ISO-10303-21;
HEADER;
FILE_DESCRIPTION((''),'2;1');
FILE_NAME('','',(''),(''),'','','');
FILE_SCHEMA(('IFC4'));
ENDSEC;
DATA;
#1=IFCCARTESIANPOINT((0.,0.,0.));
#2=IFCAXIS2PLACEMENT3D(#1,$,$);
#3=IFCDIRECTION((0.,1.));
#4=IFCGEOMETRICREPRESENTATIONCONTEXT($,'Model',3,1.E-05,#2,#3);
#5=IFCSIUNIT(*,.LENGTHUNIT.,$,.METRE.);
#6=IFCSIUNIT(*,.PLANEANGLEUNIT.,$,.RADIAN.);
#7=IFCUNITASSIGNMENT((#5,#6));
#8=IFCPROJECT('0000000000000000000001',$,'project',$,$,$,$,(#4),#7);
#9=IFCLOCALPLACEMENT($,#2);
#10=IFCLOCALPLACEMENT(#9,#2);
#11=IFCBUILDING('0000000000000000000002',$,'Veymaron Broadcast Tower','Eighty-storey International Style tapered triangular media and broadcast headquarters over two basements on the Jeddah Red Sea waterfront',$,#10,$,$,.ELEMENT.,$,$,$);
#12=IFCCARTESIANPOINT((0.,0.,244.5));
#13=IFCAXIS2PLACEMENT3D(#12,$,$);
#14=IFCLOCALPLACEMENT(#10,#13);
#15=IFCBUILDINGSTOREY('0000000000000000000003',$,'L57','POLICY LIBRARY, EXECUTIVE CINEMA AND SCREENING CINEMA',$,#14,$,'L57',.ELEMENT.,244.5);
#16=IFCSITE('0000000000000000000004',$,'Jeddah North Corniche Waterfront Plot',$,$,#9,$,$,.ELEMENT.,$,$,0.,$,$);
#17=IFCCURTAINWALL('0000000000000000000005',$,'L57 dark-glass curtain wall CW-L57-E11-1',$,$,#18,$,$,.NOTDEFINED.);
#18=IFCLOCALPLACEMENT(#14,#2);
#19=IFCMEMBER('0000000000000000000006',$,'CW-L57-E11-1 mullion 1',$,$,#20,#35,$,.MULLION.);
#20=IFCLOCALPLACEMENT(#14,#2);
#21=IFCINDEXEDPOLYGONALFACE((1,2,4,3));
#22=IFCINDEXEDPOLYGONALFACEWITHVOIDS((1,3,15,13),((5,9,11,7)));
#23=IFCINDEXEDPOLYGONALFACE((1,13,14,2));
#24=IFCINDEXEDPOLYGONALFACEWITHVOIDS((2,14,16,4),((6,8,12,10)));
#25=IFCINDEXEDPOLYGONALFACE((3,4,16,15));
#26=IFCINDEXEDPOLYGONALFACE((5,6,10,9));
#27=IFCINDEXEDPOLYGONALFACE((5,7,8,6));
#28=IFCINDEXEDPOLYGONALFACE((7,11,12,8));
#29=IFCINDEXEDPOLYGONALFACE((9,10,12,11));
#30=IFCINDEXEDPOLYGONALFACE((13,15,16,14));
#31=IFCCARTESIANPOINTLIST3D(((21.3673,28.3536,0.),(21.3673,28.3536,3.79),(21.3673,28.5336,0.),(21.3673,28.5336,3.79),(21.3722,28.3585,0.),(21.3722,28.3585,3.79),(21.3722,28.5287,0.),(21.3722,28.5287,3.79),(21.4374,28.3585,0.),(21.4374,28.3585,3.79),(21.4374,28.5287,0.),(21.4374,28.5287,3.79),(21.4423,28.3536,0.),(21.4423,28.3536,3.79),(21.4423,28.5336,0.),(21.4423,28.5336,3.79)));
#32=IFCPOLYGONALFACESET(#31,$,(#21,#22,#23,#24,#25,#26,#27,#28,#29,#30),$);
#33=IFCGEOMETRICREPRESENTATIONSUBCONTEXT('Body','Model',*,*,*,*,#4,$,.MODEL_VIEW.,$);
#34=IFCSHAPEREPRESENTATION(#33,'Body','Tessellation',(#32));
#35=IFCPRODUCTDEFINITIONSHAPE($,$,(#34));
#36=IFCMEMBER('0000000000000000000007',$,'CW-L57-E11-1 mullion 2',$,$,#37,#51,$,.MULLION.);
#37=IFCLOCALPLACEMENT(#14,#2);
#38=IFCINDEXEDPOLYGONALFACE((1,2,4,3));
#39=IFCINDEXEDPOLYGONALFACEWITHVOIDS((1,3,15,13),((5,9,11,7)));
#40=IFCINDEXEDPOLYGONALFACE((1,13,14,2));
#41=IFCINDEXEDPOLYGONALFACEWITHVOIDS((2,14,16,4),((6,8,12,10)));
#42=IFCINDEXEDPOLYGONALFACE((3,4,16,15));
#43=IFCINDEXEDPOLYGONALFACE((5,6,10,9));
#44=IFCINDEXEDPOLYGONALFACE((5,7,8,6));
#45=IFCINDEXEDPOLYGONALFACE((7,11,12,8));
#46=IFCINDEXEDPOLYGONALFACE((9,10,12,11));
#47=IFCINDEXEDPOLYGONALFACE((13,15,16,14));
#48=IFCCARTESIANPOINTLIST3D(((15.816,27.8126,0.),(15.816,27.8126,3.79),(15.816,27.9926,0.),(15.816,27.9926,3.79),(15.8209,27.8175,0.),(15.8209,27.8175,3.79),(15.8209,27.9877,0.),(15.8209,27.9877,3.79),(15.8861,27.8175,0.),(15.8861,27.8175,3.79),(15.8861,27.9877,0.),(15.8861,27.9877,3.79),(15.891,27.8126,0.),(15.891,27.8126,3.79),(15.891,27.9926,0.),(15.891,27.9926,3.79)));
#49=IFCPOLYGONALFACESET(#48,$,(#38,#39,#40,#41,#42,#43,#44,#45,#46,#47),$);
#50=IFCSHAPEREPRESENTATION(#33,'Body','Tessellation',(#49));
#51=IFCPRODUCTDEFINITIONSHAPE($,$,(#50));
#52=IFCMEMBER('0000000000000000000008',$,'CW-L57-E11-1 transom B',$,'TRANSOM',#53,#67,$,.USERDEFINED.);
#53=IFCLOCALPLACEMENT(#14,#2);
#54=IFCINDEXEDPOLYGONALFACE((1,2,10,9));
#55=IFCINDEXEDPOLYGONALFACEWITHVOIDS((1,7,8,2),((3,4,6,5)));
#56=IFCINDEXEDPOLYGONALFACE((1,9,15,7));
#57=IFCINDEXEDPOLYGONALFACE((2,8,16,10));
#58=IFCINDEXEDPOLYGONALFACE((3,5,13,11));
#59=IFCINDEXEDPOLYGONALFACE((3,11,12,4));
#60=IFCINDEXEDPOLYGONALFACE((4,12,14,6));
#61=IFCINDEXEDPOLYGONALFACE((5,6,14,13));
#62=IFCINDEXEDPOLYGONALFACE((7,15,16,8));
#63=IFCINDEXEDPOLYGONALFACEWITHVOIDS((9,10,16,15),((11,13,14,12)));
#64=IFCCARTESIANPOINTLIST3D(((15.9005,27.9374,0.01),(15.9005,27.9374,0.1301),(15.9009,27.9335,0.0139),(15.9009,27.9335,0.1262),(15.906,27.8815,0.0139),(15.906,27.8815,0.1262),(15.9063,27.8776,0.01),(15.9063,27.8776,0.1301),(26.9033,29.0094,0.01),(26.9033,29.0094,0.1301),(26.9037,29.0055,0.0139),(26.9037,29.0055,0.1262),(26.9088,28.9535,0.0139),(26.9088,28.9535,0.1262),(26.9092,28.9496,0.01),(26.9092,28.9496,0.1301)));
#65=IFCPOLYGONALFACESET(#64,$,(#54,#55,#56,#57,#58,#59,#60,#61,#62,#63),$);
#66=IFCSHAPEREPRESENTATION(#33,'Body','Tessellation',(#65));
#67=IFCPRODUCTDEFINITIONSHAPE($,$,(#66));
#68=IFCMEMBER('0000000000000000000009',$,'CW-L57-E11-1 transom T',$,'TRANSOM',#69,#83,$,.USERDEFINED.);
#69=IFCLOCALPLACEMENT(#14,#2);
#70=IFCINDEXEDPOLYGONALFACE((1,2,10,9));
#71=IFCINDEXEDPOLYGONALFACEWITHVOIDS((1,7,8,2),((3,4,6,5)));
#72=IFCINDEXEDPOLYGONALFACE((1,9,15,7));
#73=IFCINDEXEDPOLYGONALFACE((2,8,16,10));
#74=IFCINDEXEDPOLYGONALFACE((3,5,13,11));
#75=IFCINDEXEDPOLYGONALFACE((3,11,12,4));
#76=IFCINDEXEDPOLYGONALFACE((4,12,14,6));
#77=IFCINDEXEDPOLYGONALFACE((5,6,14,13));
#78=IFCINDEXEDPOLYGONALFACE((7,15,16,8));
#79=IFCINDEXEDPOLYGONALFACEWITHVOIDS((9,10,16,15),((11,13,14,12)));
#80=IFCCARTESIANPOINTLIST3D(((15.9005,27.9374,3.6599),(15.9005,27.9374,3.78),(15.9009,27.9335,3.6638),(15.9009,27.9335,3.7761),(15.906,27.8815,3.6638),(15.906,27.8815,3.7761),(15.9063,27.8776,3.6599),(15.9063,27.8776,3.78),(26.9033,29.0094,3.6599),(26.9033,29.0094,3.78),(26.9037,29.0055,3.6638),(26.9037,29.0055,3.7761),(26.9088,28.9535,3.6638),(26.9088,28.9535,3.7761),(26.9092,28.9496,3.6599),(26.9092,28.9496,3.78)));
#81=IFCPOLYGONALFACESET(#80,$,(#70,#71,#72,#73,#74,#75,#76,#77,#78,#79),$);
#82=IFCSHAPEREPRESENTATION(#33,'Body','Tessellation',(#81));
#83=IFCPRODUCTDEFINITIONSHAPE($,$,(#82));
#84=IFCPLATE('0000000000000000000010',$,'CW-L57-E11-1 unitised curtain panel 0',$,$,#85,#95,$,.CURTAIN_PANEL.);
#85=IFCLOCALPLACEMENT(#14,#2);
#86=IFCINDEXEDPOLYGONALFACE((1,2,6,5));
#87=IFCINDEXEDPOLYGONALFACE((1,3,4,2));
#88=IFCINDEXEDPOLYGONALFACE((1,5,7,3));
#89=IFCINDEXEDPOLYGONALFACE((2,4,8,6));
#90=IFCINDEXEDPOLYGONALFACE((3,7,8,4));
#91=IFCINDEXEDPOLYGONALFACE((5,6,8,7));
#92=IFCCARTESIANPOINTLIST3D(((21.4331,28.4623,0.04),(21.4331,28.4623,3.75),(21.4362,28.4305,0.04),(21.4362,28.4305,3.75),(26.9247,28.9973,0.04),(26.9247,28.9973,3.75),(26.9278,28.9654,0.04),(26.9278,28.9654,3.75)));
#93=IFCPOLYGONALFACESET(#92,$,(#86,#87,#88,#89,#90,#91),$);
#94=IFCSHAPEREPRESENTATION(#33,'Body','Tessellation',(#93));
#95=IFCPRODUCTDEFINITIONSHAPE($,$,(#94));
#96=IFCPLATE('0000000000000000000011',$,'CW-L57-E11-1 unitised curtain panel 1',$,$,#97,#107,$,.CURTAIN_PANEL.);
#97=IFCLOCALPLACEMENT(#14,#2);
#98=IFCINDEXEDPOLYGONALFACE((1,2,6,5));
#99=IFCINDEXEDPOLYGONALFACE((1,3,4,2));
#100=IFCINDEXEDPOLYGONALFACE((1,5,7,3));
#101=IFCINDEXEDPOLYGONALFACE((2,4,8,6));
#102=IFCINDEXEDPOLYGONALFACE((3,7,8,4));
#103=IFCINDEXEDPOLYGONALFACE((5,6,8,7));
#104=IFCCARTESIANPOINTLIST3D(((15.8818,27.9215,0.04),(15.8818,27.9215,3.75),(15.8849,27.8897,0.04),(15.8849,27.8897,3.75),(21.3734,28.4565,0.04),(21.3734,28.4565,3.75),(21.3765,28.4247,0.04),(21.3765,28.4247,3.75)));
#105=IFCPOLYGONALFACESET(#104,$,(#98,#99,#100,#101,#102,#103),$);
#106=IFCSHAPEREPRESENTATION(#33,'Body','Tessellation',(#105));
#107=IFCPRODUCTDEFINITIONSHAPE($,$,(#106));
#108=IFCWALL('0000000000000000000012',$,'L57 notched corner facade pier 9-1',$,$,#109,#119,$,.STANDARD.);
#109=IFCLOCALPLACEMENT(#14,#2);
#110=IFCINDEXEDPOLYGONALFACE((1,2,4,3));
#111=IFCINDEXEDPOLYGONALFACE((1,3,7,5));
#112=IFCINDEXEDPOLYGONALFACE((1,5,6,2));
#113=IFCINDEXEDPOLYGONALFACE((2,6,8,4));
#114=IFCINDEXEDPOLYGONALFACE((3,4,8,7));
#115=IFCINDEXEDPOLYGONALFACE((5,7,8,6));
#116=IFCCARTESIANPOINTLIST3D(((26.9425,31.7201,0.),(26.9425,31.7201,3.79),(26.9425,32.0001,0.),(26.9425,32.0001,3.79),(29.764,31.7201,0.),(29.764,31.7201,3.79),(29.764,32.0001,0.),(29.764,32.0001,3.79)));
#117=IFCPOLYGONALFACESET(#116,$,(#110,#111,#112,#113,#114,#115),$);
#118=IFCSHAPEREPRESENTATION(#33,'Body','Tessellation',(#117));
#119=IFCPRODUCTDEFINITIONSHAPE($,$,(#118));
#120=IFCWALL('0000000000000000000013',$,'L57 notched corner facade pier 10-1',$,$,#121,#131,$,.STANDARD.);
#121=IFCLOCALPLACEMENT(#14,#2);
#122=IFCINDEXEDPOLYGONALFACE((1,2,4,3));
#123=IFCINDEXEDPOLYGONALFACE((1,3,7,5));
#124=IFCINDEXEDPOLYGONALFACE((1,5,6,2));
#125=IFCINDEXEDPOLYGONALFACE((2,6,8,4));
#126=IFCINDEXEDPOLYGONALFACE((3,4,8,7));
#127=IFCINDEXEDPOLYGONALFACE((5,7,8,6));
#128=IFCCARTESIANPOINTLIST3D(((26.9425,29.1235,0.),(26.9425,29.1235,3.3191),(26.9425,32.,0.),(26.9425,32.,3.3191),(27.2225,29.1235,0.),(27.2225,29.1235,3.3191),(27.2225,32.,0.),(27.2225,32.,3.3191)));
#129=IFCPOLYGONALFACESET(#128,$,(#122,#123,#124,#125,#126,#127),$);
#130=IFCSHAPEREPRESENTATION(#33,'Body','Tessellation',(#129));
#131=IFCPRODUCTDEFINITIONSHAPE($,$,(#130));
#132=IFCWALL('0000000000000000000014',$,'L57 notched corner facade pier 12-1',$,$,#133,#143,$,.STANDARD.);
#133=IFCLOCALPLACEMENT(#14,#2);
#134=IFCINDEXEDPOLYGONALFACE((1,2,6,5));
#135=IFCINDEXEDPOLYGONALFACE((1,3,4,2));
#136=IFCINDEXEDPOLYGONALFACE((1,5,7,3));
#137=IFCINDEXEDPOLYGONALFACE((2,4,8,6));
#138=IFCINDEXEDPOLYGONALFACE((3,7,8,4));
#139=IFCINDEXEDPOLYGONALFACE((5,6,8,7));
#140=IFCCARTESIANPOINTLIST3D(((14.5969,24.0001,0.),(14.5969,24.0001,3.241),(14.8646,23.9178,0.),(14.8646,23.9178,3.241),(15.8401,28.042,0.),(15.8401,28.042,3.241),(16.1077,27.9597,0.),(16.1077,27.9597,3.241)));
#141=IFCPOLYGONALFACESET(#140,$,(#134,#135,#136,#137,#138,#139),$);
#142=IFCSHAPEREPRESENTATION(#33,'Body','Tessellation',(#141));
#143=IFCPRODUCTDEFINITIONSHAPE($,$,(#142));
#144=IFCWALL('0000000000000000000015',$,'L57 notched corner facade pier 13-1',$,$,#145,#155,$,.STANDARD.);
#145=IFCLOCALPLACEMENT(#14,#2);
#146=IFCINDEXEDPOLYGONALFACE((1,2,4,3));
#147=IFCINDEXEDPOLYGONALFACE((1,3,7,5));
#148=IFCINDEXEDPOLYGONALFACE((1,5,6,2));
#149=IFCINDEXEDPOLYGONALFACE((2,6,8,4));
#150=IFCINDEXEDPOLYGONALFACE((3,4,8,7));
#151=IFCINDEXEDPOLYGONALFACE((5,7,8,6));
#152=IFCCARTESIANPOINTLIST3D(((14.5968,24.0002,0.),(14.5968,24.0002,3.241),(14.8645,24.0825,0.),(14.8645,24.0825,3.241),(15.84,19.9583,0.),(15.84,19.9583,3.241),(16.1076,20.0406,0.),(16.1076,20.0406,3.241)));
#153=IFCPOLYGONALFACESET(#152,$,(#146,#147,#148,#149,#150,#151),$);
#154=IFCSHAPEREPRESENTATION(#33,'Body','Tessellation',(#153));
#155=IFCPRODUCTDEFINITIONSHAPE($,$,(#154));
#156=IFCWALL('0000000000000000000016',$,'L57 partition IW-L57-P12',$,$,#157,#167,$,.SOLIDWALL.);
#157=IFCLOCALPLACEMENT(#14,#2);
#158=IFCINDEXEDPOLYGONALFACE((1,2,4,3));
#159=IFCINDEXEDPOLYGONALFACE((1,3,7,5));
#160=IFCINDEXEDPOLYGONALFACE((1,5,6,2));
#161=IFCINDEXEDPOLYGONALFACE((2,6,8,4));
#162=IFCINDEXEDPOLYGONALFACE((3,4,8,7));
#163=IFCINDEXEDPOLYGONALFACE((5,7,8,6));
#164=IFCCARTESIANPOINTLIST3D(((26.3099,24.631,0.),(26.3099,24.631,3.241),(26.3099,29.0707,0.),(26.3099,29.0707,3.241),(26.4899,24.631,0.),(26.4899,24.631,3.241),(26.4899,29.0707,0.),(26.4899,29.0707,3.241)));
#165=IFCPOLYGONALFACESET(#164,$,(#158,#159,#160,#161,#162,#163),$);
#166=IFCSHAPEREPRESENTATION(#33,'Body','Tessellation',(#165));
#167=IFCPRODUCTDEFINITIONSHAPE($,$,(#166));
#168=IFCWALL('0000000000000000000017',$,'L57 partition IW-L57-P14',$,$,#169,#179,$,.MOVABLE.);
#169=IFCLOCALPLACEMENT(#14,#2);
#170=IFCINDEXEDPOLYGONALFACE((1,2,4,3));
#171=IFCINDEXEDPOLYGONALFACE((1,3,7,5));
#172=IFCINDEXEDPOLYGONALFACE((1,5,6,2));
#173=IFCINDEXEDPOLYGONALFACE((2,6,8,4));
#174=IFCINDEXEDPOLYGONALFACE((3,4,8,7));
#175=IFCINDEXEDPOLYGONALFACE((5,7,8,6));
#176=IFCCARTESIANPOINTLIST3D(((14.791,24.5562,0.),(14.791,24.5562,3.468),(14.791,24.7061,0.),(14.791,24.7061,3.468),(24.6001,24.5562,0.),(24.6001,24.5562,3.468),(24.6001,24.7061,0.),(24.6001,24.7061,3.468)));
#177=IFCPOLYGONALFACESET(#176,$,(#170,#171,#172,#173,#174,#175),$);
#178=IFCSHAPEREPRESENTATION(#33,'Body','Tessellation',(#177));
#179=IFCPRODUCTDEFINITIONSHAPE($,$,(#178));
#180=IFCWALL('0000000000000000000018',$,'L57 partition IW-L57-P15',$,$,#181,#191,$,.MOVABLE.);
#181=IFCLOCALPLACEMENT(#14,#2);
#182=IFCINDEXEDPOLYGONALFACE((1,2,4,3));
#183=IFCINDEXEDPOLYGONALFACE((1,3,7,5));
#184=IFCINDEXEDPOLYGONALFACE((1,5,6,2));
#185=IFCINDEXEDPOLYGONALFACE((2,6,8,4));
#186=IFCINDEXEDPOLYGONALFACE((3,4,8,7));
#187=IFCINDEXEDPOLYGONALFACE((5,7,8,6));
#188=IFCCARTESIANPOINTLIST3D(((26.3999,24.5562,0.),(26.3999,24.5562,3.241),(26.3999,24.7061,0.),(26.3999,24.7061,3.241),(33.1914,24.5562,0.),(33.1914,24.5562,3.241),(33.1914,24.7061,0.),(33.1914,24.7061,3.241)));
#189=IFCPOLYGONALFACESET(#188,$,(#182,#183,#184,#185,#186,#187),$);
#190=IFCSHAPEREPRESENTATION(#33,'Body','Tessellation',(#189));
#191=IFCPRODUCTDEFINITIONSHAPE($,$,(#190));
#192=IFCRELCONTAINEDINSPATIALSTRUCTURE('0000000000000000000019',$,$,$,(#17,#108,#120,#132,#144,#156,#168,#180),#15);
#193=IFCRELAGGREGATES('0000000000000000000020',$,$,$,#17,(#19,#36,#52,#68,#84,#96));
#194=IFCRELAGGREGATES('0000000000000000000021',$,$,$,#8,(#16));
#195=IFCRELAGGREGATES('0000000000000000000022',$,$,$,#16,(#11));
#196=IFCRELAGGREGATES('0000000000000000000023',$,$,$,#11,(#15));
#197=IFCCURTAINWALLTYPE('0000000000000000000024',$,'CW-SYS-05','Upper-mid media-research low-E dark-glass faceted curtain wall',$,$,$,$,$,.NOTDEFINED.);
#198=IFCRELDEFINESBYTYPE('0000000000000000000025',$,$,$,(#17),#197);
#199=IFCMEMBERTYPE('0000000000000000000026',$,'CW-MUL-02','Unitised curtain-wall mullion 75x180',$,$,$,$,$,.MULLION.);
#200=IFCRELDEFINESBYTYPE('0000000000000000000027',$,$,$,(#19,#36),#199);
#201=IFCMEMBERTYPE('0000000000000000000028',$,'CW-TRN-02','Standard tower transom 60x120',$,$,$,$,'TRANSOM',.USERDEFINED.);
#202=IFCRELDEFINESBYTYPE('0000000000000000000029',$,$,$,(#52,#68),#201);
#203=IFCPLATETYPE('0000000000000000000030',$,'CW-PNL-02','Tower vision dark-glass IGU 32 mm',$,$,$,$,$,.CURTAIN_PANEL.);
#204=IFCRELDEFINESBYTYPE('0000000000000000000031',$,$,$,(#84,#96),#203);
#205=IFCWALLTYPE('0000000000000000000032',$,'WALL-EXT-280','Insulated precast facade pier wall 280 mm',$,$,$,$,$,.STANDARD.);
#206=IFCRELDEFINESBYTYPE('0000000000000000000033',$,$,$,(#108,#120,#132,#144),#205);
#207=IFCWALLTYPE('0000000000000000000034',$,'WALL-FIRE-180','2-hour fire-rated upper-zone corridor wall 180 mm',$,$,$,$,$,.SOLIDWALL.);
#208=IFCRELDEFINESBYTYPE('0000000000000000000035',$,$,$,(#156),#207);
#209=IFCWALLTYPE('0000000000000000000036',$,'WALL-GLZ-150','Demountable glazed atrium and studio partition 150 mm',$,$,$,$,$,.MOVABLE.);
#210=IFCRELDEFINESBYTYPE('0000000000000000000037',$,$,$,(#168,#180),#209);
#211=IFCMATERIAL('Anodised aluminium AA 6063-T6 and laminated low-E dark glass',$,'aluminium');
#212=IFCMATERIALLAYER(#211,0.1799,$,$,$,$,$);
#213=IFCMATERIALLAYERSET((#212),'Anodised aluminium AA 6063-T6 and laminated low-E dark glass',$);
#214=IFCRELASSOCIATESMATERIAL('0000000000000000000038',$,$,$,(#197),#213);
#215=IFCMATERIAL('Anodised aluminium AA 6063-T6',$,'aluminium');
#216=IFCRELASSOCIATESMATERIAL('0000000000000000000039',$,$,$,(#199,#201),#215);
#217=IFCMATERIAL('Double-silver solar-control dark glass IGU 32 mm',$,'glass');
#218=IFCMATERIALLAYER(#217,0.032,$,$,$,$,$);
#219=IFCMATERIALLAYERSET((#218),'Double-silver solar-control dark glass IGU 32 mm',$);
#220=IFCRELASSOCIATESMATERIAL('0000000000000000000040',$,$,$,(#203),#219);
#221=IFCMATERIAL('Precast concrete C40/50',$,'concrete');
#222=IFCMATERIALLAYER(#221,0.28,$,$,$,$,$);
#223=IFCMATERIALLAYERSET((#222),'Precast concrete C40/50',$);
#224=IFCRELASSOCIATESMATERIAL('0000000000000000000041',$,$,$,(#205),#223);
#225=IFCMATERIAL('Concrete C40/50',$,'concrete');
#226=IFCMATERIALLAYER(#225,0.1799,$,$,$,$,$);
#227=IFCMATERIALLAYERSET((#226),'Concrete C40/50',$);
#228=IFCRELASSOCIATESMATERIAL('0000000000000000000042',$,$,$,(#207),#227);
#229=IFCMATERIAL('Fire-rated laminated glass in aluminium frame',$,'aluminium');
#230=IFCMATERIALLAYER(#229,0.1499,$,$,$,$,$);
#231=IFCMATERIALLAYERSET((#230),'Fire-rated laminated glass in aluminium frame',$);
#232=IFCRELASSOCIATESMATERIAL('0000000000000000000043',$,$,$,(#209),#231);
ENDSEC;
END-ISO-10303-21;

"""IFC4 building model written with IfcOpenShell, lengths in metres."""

from ifc_helpers import new_model, si_unit, direction, frame, frame_2d, origin, origin_2d, place, context, subcontext, project, spatial, rectangle, hollow_rectangle, extrude, material, layer, layer_set, material_profile, profile_set, type_object, element, aggregate, save


model = new_model("IFC4")

# Units and contexts
model_context = context("Model", 3, precision=1e-05, world=origin(), true_north=direction((0.0, 1.0)))
body_context = subcontext(model_context, "Body", "Model", "MODEL_VIEW")
ifc_project = project(units=[si_unit("LENGTHUNIT", "METRE"), si_unit("PLANEANGLEUNIT", "RADIAN")], contexts=[model_context])

# Site, building, storey
site_placement = place(None, origin())
site = spatial("IfcSite", under=ifc_project, at=site_placement, Name="Jeddah North Corniche Waterfront Plot", CompositionType="ELEMENT", RefElevation=0.0)
building_placement = place(site_placement, origin())
building = spatial("IfcBuilding", under=site, at=building_placement, Name="Veymaron Broadcast Tower", Description="Eighty-storey International Style tapered triangular media and broadcast headquarters over two basements on the Jeddah Red Sea waterfront", CompositionType="ELEMENT")
storey_placement = place(building_placement, frame((0.0, 0.0, 244.5)))
storey = spatial("IfcBuildingStorey", under=building, at=storey_placement, Name="L57", Description="POLICY LIBRARY, EXECUTIVE CINEMA AND SCREENING CINEMA", LongName="L57", CompositionType="ELEMENT", Elevation=244.5)

# Curtain wall, members, plates
ifc_material_1 = material(Name="Anodised aluminium AA 6063-T6 and laminated low-E dark glass", Category="aluminium")
ifc_layer_1 = layer(ifc_material_1, 0.1799)
ifc_layer_set_1 = layer_set([ifc_layer_1], Name="Anodised aluminium AA 6063-T6 and laminated low-E dark glass")
curtain_wall_type = type_object("IfcCurtainWallType", Name="CW-SYS-05", Description="Upper-mid media-research low-E dark-glass faceted curtain wall", PredefinedType="NOTDEFINED", material=ifc_layer_set_1)
curtain_wall_placement = place(storey_placement, origin())
curtain_wall = element("IfcCurtainWall", 1, at=curtain_wall_placement, inside=storey, type_object=curtain_wall_type, Name="L57 dark-glass curtain wall CW-L57-E11-1", PredefinedType="NOTDEFINED")
ifc_material_2 = material(Name="Anodised aluminium AA 6063-T6", Category="aluminium")
ifc_material_profile_1 = material_profile(ifc_material_2, hollow_rectangle(XDim=0.075, YDim=0.1799, WallThickness=0.0049, at=origin_2d()), Name="AL180X75X5")
ifc_profile_set_1 = profile_set([ifc_material_profile_1], Name="Anodised aluminium AA 6063-T6")
member_type_1 = type_object("IfcMemberType", Name="CW-MUL-02", Description="Unitised curtain-wall mullion 75x180", PredefinedType="MULLION", material=ifc_profile_set_1)
member_1_placement = place(storey_placement, frame((21.4048, 28.4436, 0.0), z_axis=(0.0, 0.0, 1.0), x_axis=(1.0, 0.0, 0.0)))
member_1 = element("IfcMember", 2, at=member_1_placement, type_object=member_type_1, Name="CW-L57-E11-1 mullion 1", PredefinedType="MULLION", context=body_context, shape_type="SweptSolid", body=[
    extrude(hollow_rectangle(XDim=0.075, YDim=0.1799, WallThickness=0.0049, at=origin_2d()), origin(), (0.0, 0.0, 1.0), 3.79),
])
member_2_placement = place(storey_placement, frame((15.8535, 27.9026, 0.0), z_axis=(0.0, 0.0, 1.0), x_axis=(1.0, 0.0, 0.0)))
member_2 = element("IfcMember", 3, at=member_2_placement, type_object=member_type_1, Name="CW-L57-E11-1 mullion 2", PredefinedType="MULLION", context=body_context, shape_type="SweptSolid", body=[
    extrude(hollow_rectangle(XDim=0.075, YDim=0.1799, WallThickness=0.0049, at=origin_2d()), origin(), (0.0, 0.0, 1.0), 3.79),
])
ifc_material_profile_2 = material_profile(ifc_material_2, hollow_rectangle(XDim=0.0601, YDim=0.1201, WallThickness=0.0039, at=origin_2d()), Name="AL120X60X4")
ifc_profile_set_2 = profile_set([ifc_material_profile_2], Name="Anodised aluminium AA 6063-T6")
member_type_2 = type_object("IfcMemberType", Name="CW-TRN-02", Description="Standard tower transom 60x120", ElementType="TRANSOM", PredefinedType="USERDEFINED", material=ifc_profile_set_2)
member_3_placement = place(storey_placement, frame((26.9062, 28.9795, 0.0701), z_axis=(-0.995287, -0.096971, 0.0), x_axis=(0.096971, -0.995287, 0.0)))
member_3 = element("IfcMember", 4, at=member_3_placement, type_object=member_type_2, Name="CW-L57-E11-1 transom B", ObjectType="TRANSOM", PredefinedType="USERDEFINED", context=body_context, shape_type="SweptSolid", body=[
    extrude(hollow_rectangle(XDim=0.0601, YDim=0.1201, WallThickness=0.0039, at=origin_2d()), origin(), (0.0, 0.0, 1.0), 11.0549),
])
member_4_placement = place(storey_placement, frame((26.9062, 28.9795, 3.72), z_axis=(-0.995287, -0.096971, 0.0), x_axis=(0.096971, -0.995287, 0.0)))
member_4 = element("IfcMember", 5, at=member_4_placement, type_object=member_type_2, Name="CW-L57-E11-1 transom T", ObjectType="TRANSOM", PredefinedType="USERDEFINED", context=body_context, shape_type="SweptSolid", body=[
    extrude(hollow_rectangle(XDim=0.0601, YDim=0.1201, WallThickness=0.0039, at=origin_2d()), origin(), (0.0, 0.0, 1.0), 11.0549),
])
ifc_material_3 = material(Name="Double-silver solar-control dark glass IGU 32 mm", Category="glass")
ifc_layer_2 = layer(ifc_material_3, 0.032)
ifc_layer_set_2 = layer_set([ifc_layer_2], Name="Double-silver solar-control dark glass IGU 32 mm")
plate_type = type_object("IfcPlateType", Name="CW-PNL-02", Description="Tower vision dark-glass IGU 32 mm", PredefinedType="CURTAIN_PANEL", material=ifc_layer_set_2)
plate_1_placement = place(storey_placement, frame((24.1804, 28.7139, 0.04), z_axis=(0.0, 0.0, 1.0), x_axis=(-0.995289, -0.096958, 0.0)))
plate_1 = element("IfcPlate", 6, at=plate_1_placement, type_object=plate_type, Name="CW-L57-E11-1 unitised curtain panel 0", PredefinedType="CURTAIN_PANEL", context=body_context, shape_type="SweptSolid", body=[
    extrude(rectangle(XDim=5.5176, YDim=0.032, at=origin_2d()), origin(), (0.0, 0.0, 1.0), 3.71),
])
plate_2_placement = place(storey_placement, frame((18.6292, 28.1731, 0.04), z_axis=(0.0, 0.0, 1.0), x_axis=(-0.995289, -0.096958, 0.0)))
plate_2 = element("IfcPlate", 7, at=plate_2_placement, type_object=plate_type, Name="CW-L57-E11-1 unitised curtain panel 1", PredefinedType="CURTAIN_PANEL", context=body_context, shape_type="SweptSolid", body=[
    extrude(rectangle(XDim=5.5176, YDim=0.032, at=origin_2d()), origin(), (0.0, 0.0, 1.0), 3.71),
])
aggregate(curtain_wall, [member_1, member_2, member_3, member_4, plate_1, plate_2])

# Walls
ifc_material_4 = material(Name="Precast concrete C40/50", Category="concrete")
ifc_layer_3 = layer(ifc_material_4, 0.28)
ifc_layer_set_3 = layer_set([ifc_layer_3], Name="Precast concrete C40/50")
wall_type_1 = type_object("IfcWallType", Name="WALL-EXT-280", Description="Insulated precast facade pier wall 280 mm", PredefinedType="STANDARD", material=ifc_layer_set_3)
wall_1_placement = place(storey_placement, frame((29.7639, 31.8601, 0.0), z_axis=(0.0, 0.0, 1.0), x_axis=(-1.0, 0.0, 0.0)))
element("IfcWall", 8, at=wall_1_placement, inside=storey, type_object=wall_type_1, Name="L57 notched corner facade pier 9-1", PredefinedType="STANDARD", context=body_context, shape_type="SweptSolid", body=[
    extrude(rectangle(XDim=2.8215, YDim=0.28, at=frame_2d((1.4106, 0.0))), origin(), (0.0, 0.0, 1.0), 3.79),
])
wall_2_placement = place(storey_placement, frame((27.0825, 32.0, 0.0), z_axis=(0.0, 0.0, 1.0), x_axis=(0.0, -1.0, 0.0)))
element("IfcWall", 9, at=wall_2_placement, inside=storey, type_object=wall_type_1, Name="L57 notched corner facade pier 10-1", PredefinedType="STANDARD", context=body_context, shape_type="SweptSolid", body=[
    extrude(rectangle(XDim=2.8765, YDim=0.28, at=frame_2d((1.4382, 0.0))), origin(), (0.0, 0.0, 1.0), 3.3191),
])
for number, where, z_axis, x_axis, name in (
    (10, (15.9739, 28.0007, 0.0), (0.0, 0.0, 1.0), (-0.293972, -0.955814, 0.0), "L57 notched corner facade pier 12-1"),
    (11, (14.7307, 24.0413, 0.0), (0.0, 0.0, 1.0), (0.293972, -0.955814, 0.0), "L57 notched corner facade pier 13-1"),
):
    element("IfcWall", number, at=place(storey_placement, frame(where, z_axis=z_axis, x_axis=x_axis)), inside=storey, type_object=wall_type_1, Name=name, PredefinedType="STANDARD", context=body_context, shape_type="SweptSolid", body=[
        extrude(rectangle(XDim=4.2288, YDim=0.28, at=frame_2d((2.1143, 0.0))), origin(), (0.0, 0.0, 1.0), 3.241),
    ])

# Shared definitions
ifc_material_5 = material(Name="Concrete C40/50", Category="concrete")
ifc_layer_4 = layer(ifc_material_5, 0.1799)
ifc_layer_set_4 = layer_set([ifc_layer_4], Name="Concrete C40/50")
wall_type_2 = type_object("IfcWallType", Name="WALL-FIRE-180", Description="2-hour fire-rated upper-zone corridor wall 180 mm", PredefinedType="SOLIDWALL", material=ifc_layer_set_4)

# Walls
wall_3_placement = place(storey_placement, frame((26.3999, 24.6311, 0.0), z_axis=(0.0, 0.0, 1.0), x_axis=(0.0, 1.0, 0.0)))
element("IfcWall", 12, at=wall_3_placement, inside=storey, type_object=wall_type_2, Name="L57 partition IW-L57-P12", PredefinedType="SOLIDWALL", context=body_context, shape_type="SweptSolid", body=[
    extrude(rectangle(XDim=4.4397, YDim=0.1799, at=frame_2d((2.2197, 0.0))), origin(), (0.0, 0.0, 1.0), 3.241),
])
ifc_material_6 = material(Name="Fire-rated laminated glass in aluminium frame", Category="aluminium")
ifc_layer_5 = layer(ifc_material_6, 0.1499)
ifc_layer_set_5 = layer_set([ifc_layer_5], Name="Fire-rated laminated glass in aluminium frame")
wall_type_3 = type_object("IfcWallType", Name="WALL-GLZ-150", Description="Demountable glazed atrium and studio partition 150 mm", PredefinedType="MOVABLE", material=ifc_layer_set_5)
wall_4_placement = place(storey_placement, frame((14.791, 24.6311, 0.0), z_axis=(0.0, 0.0, 1.0), x_axis=(1.0, 0.0, 0.0)))
element("IfcWall", 13, at=wall_4_placement, inside=storey, type_object=wall_type_3, Name="L57 partition IW-L57-P14", PredefinedType="MOVABLE", context=body_context, shape_type="SweptSolid", body=[
    extrude(rectangle(XDim=9.8091, YDim=0.1499, at=frame_2d((4.9045, 0.0))), origin(), (0.0, 0.0, 1.0), 3.468),
])
wall_5_placement = place(storey_placement, frame((26.3999, 24.6311, 0.0), z_axis=(0.0, 0.0, 1.0), x_axis=(1.0, 0.0, 0.0)))
element("IfcWall", 14, at=wall_5_placement, inside=storey, type_object=wall_type_3, Name="L57 partition IW-L57-P15", PredefinedType="MOVABLE", context=body_context, shape_type="SweptSolid", body=[
    extrude(rectangle(XDim=6.7915, YDim=0.1499, at=frame_2d((3.3958, 0.0))), origin(), (0.0, 0.0, 1.0), 3.241),
])

save(model, "model.ifc")
